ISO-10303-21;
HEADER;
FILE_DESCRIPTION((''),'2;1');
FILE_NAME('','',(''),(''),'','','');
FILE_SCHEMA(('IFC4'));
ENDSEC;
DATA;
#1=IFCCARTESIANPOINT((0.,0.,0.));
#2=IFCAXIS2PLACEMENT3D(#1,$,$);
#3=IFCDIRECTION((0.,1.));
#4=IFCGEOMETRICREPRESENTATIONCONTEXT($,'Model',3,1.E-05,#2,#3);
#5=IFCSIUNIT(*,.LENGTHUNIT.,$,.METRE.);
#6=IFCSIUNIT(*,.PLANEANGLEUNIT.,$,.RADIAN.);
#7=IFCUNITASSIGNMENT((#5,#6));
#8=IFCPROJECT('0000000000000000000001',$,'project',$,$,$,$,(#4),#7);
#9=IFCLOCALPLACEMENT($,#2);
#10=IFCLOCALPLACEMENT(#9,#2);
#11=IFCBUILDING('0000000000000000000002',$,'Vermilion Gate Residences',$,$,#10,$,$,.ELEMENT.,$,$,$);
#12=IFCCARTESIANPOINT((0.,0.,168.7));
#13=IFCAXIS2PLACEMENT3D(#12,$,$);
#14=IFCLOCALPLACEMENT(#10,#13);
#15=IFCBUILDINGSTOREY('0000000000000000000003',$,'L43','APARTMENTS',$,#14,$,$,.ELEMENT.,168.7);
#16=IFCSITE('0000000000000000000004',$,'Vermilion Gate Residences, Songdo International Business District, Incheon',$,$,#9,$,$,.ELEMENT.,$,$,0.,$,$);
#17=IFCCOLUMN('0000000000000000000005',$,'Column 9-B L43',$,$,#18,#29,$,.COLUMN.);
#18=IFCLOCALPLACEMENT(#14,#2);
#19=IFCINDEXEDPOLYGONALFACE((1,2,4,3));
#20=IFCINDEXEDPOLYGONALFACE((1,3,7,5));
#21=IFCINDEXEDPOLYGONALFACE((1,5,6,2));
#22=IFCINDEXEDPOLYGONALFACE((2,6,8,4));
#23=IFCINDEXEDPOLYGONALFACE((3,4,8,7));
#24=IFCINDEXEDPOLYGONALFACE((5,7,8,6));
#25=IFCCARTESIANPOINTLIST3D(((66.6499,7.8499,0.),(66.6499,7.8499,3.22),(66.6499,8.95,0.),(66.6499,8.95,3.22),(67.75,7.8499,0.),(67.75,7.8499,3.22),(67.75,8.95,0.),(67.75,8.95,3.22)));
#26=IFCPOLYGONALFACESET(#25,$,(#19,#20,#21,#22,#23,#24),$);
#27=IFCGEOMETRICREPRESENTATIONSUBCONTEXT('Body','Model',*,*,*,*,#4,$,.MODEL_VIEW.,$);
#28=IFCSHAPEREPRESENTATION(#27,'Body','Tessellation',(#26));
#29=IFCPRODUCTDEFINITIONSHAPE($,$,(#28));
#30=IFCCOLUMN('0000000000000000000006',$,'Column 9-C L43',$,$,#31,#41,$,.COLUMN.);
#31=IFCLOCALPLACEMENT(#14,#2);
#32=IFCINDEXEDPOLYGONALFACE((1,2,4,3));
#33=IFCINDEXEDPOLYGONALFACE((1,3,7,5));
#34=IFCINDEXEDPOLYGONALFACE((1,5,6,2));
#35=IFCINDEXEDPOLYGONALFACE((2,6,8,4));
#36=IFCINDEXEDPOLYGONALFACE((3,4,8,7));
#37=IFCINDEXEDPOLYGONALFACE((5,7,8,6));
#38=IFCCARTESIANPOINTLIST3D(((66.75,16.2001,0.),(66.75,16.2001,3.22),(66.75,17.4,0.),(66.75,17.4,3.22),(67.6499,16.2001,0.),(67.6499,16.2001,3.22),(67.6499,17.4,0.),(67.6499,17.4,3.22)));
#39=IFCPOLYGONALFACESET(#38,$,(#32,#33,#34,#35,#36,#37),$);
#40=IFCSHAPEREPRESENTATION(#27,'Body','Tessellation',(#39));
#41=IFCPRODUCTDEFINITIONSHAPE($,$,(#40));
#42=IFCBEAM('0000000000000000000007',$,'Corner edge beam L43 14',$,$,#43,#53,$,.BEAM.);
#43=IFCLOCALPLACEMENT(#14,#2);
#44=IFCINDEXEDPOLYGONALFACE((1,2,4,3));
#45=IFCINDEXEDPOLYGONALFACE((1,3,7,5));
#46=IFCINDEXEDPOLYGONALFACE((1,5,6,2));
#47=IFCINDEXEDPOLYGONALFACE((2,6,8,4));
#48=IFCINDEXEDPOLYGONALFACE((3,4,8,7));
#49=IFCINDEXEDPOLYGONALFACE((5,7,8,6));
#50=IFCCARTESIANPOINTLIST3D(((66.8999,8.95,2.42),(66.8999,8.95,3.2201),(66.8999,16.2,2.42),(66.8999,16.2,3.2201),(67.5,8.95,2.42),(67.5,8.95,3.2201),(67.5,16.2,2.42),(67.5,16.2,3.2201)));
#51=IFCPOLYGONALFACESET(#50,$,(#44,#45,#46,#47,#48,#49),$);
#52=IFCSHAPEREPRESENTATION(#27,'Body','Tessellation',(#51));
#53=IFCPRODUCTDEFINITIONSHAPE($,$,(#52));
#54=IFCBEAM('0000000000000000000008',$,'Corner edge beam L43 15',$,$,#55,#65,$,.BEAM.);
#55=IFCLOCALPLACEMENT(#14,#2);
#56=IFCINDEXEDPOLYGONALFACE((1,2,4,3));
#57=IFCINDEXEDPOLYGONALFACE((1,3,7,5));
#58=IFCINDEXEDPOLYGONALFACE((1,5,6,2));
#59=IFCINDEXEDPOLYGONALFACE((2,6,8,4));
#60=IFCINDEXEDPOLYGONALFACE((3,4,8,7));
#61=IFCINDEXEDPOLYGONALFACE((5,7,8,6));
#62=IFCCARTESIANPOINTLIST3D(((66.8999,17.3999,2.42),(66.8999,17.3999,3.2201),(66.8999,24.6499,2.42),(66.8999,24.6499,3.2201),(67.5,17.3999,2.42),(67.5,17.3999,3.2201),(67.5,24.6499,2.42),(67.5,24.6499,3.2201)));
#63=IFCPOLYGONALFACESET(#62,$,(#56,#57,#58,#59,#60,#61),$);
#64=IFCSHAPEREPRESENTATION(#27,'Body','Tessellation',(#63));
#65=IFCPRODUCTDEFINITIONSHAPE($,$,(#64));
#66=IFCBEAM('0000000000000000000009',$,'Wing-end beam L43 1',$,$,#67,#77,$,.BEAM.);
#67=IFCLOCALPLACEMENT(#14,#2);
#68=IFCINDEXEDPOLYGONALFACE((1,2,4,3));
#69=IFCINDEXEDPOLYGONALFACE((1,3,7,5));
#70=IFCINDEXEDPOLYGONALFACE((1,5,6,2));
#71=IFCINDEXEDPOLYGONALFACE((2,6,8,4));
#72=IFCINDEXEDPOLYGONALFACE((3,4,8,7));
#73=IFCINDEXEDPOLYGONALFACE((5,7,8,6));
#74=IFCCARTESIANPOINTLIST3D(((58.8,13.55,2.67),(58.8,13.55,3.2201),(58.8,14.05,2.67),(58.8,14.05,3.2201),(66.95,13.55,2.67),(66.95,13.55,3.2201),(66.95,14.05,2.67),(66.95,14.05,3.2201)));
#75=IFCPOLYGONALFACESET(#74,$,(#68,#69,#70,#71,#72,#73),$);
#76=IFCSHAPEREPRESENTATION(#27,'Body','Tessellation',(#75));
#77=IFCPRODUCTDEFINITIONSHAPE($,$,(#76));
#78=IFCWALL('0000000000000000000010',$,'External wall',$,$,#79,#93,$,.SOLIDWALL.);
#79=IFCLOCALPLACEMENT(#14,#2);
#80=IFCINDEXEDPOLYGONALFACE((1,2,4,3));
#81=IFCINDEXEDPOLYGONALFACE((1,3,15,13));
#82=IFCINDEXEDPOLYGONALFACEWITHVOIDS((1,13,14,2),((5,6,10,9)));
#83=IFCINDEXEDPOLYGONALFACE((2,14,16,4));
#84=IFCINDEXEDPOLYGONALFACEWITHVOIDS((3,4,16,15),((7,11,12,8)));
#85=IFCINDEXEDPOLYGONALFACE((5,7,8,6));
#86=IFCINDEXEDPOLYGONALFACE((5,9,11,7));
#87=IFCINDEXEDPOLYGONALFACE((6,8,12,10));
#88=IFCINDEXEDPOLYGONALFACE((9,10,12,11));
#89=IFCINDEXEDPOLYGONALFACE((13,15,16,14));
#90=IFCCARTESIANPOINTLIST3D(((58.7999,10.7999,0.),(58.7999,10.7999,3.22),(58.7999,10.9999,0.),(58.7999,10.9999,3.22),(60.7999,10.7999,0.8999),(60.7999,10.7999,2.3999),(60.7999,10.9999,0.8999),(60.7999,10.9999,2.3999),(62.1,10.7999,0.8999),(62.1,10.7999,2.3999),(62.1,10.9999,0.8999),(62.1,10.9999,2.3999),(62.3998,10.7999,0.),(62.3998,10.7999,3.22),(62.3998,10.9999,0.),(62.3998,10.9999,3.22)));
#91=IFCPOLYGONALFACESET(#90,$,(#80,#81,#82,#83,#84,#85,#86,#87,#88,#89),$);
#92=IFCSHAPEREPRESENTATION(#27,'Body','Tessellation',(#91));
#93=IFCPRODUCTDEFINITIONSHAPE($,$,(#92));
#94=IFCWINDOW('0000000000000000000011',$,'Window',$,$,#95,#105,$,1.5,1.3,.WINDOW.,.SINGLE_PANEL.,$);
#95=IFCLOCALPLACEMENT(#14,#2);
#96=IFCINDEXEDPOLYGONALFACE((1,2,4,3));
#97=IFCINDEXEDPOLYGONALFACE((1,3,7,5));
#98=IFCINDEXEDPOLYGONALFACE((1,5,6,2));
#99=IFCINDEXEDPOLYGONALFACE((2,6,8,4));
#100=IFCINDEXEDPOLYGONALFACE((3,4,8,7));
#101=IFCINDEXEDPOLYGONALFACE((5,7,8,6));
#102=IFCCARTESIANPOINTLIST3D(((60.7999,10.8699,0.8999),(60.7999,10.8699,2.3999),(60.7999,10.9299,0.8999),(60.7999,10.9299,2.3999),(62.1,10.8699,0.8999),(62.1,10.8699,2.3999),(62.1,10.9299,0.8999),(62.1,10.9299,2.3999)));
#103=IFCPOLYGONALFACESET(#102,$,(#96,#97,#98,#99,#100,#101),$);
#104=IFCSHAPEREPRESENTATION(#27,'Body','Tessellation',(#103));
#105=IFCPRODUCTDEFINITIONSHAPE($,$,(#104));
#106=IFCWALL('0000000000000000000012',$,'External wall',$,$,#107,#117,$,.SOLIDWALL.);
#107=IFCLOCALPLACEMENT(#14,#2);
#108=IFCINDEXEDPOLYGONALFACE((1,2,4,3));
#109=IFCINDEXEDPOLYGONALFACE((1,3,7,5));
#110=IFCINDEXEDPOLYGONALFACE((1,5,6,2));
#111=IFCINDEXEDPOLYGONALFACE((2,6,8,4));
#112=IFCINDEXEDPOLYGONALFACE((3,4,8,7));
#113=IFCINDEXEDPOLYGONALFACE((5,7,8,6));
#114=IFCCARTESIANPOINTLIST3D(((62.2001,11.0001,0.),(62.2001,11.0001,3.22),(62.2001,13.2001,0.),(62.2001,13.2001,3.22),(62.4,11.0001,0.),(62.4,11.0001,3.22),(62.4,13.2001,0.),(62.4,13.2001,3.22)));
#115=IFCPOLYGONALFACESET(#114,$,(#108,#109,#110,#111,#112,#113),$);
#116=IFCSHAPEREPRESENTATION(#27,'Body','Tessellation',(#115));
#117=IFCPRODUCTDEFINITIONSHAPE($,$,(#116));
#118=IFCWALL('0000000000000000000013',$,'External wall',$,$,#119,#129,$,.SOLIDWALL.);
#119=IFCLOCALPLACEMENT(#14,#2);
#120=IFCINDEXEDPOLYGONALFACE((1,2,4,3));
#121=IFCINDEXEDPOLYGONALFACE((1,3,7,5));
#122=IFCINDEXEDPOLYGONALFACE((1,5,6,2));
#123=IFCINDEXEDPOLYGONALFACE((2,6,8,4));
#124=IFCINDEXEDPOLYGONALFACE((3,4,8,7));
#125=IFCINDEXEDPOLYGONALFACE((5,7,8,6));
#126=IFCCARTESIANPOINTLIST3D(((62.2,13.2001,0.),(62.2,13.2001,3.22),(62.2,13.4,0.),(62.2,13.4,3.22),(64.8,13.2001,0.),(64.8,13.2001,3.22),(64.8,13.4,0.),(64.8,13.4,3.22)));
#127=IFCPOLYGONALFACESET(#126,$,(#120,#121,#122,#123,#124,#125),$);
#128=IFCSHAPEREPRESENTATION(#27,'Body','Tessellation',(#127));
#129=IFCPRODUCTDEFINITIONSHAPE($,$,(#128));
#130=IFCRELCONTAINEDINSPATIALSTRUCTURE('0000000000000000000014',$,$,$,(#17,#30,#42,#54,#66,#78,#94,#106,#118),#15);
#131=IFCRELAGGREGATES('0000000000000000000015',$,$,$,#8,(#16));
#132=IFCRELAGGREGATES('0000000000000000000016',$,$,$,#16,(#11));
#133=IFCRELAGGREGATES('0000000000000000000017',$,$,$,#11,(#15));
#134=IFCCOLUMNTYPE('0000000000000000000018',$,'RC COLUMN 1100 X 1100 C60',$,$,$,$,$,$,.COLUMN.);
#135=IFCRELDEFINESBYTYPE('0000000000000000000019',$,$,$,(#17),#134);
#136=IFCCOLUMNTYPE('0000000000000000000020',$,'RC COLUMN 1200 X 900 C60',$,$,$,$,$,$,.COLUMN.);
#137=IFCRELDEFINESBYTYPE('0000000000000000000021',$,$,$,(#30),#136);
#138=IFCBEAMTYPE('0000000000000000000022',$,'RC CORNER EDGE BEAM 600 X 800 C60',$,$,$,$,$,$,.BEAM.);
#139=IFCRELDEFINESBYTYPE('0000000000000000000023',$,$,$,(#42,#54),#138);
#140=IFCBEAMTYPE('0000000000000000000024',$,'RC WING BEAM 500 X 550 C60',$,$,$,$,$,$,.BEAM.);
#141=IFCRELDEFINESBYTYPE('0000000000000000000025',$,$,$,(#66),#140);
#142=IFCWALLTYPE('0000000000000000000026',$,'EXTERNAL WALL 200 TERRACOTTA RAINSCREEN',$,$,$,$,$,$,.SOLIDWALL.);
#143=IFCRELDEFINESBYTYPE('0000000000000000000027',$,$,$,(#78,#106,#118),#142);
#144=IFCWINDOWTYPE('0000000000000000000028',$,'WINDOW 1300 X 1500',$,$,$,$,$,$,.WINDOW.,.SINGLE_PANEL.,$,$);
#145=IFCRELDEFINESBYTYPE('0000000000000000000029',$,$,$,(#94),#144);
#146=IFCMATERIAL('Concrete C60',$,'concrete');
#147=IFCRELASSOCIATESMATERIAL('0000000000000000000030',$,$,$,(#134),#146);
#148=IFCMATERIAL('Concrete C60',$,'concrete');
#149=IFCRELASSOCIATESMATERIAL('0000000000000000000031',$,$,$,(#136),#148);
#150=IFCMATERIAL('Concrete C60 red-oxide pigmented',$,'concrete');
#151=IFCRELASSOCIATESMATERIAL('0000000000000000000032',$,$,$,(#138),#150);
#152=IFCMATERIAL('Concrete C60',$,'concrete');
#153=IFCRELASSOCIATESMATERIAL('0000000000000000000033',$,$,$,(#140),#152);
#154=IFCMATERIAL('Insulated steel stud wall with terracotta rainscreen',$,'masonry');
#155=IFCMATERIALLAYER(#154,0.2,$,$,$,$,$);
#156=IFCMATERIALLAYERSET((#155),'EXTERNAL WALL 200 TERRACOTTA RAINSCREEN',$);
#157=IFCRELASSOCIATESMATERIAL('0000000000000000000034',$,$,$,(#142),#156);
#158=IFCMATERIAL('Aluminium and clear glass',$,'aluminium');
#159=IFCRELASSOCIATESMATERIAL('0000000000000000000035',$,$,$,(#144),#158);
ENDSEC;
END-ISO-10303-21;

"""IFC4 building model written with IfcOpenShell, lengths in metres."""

from ifc_helpers import new_model, si_unit, direction, frame, frame_2d, origin, origin_2d, place, context, subcontext, project, spatial, rectangle, extrude, material, layer, layer_set, material_profile, profile_set, type_object, element, fill, save


model = new_model("IFC4")

# Units and contexts
model_context = context("Model", 3, precision=1e-05, world=origin(), true_north=direction((0.0, 1.0)))
body_context = subcontext(model_context, "Body", "Model", "MODEL_VIEW")
ifc_project = project(units=[si_unit("LENGTHUNIT", "METRE"), si_unit("PLANEANGLEUNIT", "RADIAN")], contexts=[model_context])

# Site, building, storey
site_placement = place(None, origin())
site = spatial("IfcSite", under=ifc_project, at=site_placement, Name="Vermilion Gate Residences, Songdo International Business District, Incheon", CompositionType="ELEMENT", RefElevation=0.0)
building_placement = place(site_placement, origin())
building = spatial("IfcBuilding", under=site, at=building_placement, Name="Vermilion Gate Residences", CompositionType="ELEMENT")
storey_placement = place(building_placement, frame((0.0, 0.0, 168.7)))
storey = spatial("IfcBuildingStorey", under=building, at=storey_placement, Name="L43", Description="APARTMENTS", CompositionType="ELEMENT", Elevation=168.7)

# Columns
ifc_material_1 = material(Name="Concrete C60", Category="concrete")
ifc_material_profile_1 = material_profile(ifc_material_1, rectangle(XDim=1.1001, YDim=1.1001, at=origin_2d()), Name="RC-1100x1100")
ifc_profile_set_1 = profile_set([ifc_material_profile_1], Name="Concrete C60")
column_type_1 = type_object("IfcColumnType", Name="RC COLUMN 1100 X 1100 C60", PredefinedType="COLUMN", material=ifc_profile_set_1)
column_1_placement = place(storey_placement, frame((67.2, 8.3999, 0.0), z_axis=(0.0, 0.0, 1.0), x_axis=(1.0, 0.0, 0.0)))
element("IfcColumn", 1, at=column_1_placement, inside=storey, type_object=column_type_1, Name="Column 9-B L43", PredefinedType="COLUMN", context=body_context, shape_type="SweptSolid", body=[
    extrude(rectangle(XDim=1.1001, YDim=1.1001, at=origin_2d()), origin(), (0.0, 0.0, 1.0), 3.22),
])
ifc_material_2 = material(Name="Concrete C60", Category="concrete")
ifc_material_profile_2 = material_profile(ifc_material_2, rectangle(XDim=1.2, YDim=0.8999, at=origin_2d()), Name="RC-1200x900")
ifc_profile_set_2 = profile_set([ifc_material_profile_2], Name="Concrete C60")
column_type_2 = type_object("IfcColumnType", Name="RC COLUMN 1200 X 900 C60", PredefinedType="COLUMN", material=ifc_profile_set_2)
column_2_placement = place(storey_placement, frame((67.2, 16.8, 0.0), z_axis=(0.0, 0.0, 1.0), x_axis=(0.0, 1.0, 0.0)))
element("IfcColumn", 2, at=column_2_placement, inside=storey, type_object=column_type_2, Name="Column 9-C L43", PredefinedType="COLUMN", context=body_context, shape_type="SweptSolid", body=[
    extrude(rectangle(XDim=1.2, YDim=0.8999, at=origin_2d()), origin(), (0.0, 0.0, 1.0), 3.22),
])

# Beams
ifc_material_3 = material(Name="Concrete C60 red-oxide pigmented", Category="concrete")
ifc_material_profile_3 = material_profile(ifc_material_3, rectangle(XDim=0.6001, YDim=0.8, at=origin_2d()), Name="RC-600x800")
ifc_profile_set_3 = profile_set([ifc_material_profile_3], Name="Concrete C60 red-oxide pigmented")
beam_type_1 = type_object("IfcBeamType", Name="RC CORNER EDGE BEAM 600 X 800 C60", PredefinedType="BEAM", material=ifc_profile_set_3)
for number, where, z_axis, x_axis, name in (
    (3, (67.2, 8.95, 2.8201), (0.0, 1.0, 0.0), (-1.0, 0.0, 0.0), "Corner edge beam L43 14"),
    (4, (67.2, 17.3999, 2.8201), (0.0, 1.0, 0.0), (-1.0, 0.0, 0.0), "Corner edge beam L43 15"),
):
    element("IfcBeam", number, at=place(storey_placement, frame(where, z_axis=z_axis, x_axis=x_axis)), inside=storey, type_object=beam_type_1, Name=name, PredefinedType="BEAM", context=body_context, shape_type="SweptSolid", body=[
        extrude(rectangle(XDim=0.6001, YDim=0.8, at=origin_2d()), origin(), (0.0, 0.0, 1.0), 7.25),
    ])
ifc_material_4 = material(Name="Concrete C60", Category="concrete")
ifc_material_profile_4 = material_profile(ifc_material_4, rectangle(XDim=0.5, YDim=0.55, at=origin_2d()), Name="RC-500x550")
ifc_profile_set_4 = profile_set([ifc_material_profile_4], Name="Concrete C60")
beam_type_2 = type_object("IfcBeamType", Name="RC WING BEAM 500 X 550 C60", PredefinedType="BEAM", material=ifc_profile_set_4)
beam_placement = place(storey_placement, frame((58.8, 13.8, 2.9451), z_axis=(1.0, 0.0, 0.0), x_axis=(0.0, 1.0, 0.0)))
element("IfcBeam", 5, at=beam_placement, inside=storey, type_object=beam_type_2, Name="Wing-end beam L43 1", PredefinedType="BEAM", context=body_context, shape_type="SweptSolid", body=[
    extrude(rectangle(XDim=0.5, YDim=0.55, at=origin_2d()), origin(), (0.0, 0.0, 1.0), 8.1499),
])

# Wall, opening, window
ifc_material_5 = material(Name="Insulated steel stud wall with terracotta rainscreen", Category="masonry")
ifc_layer_1 = layer(ifc_material_5, 0.2)
ifc_layer_set_1 = layer_set([ifc_layer_1], Name="EXTERNAL WALL 200 TERRACOTTA RAINSCREEN")
wall_type_1 = type_object("IfcWallType", Name="EXTERNAL WALL 200 TERRACOTTA RAINSCREEN", PredefinedType="SOLIDWALL", material=ifc_layer_set_1)
wall_1_placement = place(storey_placement, frame((58.8, 10.8999, 0.0), z_axis=(0.0, 0.0, 1.0), x_axis=(1.0, 0.0, 0.0)))
wall_1 = element("IfcWall", 6, at=wall_1_placement, inside=storey, type_object=wall_type_1, Name="External wall", PredefinedType="SOLIDWALL", context=body_context, shape_type="SweptSolid", body=[
    extrude(rectangle(XDim=3.5999, YDim=0.2, at=frame_2d((1.7998, 0.0))), origin(), (0.0, 0.0, 1.0), 3.22),
])
opening_1_placement = place(wall_1_placement, frame((2.0, 0.0, 0.8999)))
opening_1 = element("IfcOpeningElement", 7, at=opening_1_placement, cuts=wall_1, PredefinedType="OPENING", context=body_context, shape_type="SweptSolid", body=[
    extrude(rectangle(XDim=1.3, YDim=1.5, at=frame_2d((0.6499, 0.75))), frame((0.0, 0.1099, 0.0), z_axis=(0.0, -1.0, 0.0), x_axis=(1.0, 0.0, 0.0)), (0.0, 0.0, 1.0), 0.22),
])
ifc_material_6 = material(Name="Aluminium and clear glass", Category="aluminium")
window_type_1 = type_object("IfcWindowType", Name="WINDOW 1300 X 1500", PartitioningType="SINGLE_PANEL", PredefinedType="WINDOW", material=ifc_material_6)
window_1_placement = place(opening_1_placement, origin())
window_1 = element("IfcWindow", 8, at=window_1_placement, inside=storey, type_object=window_type_1, Name="Window", OverallHeight=1.5, OverallWidth=1.3, PartitioningType="SINGLE_PANEL", PredefinedType="WINDOW", context=body_context, shape_type="SweptSolid", body=[
    extrude(rectangle(XDim=1.3, YDim=1.5, at=frame_2d((0.6499, 0.75))), frame((0.0, 0.03, 0.0), z_axis=(0.0, -1.0, 0.0), x_axis=(1.0, 0.0, 0.0)), (0.0, 0.0, 1.0), 0.0601),
])
fill(opening_1, window_1)

# Walls
wall_2_placement = place(storey_placement, frame((62.3, 11.0, 0.0), z_axis=(0.0, 0.0, 1.0), x_axis=(0.0, 1.0, 0.0)))
element("IfcWall", 9, at=wall_2_placement, inside=storey, type_object=wall_type_1, Name="External wall", PredefinedType="SOLIDWALL", context=body_context, shape_type="SweptSolid", body=[
    extrude(rectangle(XDim=2.2, YDim=0.2, at=frame_2d((1.1001, 0.0))), origin(), (0.0, 0.0, 1.0), 3.22),
])
wall_3_placement = place(storey_placement, frame((62.2, 13.3, 0.0), z_axis=(0.0, 0.0, 1.0), x_axis=(1.0, 0.0, 0.0)))
element("IfcWall", 10, at=wall_3_placement, inside=storey, type_object=wall_type_1, Name="External wall", PredefinedType="SOLIDWALL", context=body_context, shape_type="SweptSolid", body=[
    extrude(rectangle(XDim=2.6001, YDim=0.2, at=frame_2d((1.3, 0.0))), origin(), (0.0, 0.0, 1.0), 3.22),
])

save(model, "model.ifc")
